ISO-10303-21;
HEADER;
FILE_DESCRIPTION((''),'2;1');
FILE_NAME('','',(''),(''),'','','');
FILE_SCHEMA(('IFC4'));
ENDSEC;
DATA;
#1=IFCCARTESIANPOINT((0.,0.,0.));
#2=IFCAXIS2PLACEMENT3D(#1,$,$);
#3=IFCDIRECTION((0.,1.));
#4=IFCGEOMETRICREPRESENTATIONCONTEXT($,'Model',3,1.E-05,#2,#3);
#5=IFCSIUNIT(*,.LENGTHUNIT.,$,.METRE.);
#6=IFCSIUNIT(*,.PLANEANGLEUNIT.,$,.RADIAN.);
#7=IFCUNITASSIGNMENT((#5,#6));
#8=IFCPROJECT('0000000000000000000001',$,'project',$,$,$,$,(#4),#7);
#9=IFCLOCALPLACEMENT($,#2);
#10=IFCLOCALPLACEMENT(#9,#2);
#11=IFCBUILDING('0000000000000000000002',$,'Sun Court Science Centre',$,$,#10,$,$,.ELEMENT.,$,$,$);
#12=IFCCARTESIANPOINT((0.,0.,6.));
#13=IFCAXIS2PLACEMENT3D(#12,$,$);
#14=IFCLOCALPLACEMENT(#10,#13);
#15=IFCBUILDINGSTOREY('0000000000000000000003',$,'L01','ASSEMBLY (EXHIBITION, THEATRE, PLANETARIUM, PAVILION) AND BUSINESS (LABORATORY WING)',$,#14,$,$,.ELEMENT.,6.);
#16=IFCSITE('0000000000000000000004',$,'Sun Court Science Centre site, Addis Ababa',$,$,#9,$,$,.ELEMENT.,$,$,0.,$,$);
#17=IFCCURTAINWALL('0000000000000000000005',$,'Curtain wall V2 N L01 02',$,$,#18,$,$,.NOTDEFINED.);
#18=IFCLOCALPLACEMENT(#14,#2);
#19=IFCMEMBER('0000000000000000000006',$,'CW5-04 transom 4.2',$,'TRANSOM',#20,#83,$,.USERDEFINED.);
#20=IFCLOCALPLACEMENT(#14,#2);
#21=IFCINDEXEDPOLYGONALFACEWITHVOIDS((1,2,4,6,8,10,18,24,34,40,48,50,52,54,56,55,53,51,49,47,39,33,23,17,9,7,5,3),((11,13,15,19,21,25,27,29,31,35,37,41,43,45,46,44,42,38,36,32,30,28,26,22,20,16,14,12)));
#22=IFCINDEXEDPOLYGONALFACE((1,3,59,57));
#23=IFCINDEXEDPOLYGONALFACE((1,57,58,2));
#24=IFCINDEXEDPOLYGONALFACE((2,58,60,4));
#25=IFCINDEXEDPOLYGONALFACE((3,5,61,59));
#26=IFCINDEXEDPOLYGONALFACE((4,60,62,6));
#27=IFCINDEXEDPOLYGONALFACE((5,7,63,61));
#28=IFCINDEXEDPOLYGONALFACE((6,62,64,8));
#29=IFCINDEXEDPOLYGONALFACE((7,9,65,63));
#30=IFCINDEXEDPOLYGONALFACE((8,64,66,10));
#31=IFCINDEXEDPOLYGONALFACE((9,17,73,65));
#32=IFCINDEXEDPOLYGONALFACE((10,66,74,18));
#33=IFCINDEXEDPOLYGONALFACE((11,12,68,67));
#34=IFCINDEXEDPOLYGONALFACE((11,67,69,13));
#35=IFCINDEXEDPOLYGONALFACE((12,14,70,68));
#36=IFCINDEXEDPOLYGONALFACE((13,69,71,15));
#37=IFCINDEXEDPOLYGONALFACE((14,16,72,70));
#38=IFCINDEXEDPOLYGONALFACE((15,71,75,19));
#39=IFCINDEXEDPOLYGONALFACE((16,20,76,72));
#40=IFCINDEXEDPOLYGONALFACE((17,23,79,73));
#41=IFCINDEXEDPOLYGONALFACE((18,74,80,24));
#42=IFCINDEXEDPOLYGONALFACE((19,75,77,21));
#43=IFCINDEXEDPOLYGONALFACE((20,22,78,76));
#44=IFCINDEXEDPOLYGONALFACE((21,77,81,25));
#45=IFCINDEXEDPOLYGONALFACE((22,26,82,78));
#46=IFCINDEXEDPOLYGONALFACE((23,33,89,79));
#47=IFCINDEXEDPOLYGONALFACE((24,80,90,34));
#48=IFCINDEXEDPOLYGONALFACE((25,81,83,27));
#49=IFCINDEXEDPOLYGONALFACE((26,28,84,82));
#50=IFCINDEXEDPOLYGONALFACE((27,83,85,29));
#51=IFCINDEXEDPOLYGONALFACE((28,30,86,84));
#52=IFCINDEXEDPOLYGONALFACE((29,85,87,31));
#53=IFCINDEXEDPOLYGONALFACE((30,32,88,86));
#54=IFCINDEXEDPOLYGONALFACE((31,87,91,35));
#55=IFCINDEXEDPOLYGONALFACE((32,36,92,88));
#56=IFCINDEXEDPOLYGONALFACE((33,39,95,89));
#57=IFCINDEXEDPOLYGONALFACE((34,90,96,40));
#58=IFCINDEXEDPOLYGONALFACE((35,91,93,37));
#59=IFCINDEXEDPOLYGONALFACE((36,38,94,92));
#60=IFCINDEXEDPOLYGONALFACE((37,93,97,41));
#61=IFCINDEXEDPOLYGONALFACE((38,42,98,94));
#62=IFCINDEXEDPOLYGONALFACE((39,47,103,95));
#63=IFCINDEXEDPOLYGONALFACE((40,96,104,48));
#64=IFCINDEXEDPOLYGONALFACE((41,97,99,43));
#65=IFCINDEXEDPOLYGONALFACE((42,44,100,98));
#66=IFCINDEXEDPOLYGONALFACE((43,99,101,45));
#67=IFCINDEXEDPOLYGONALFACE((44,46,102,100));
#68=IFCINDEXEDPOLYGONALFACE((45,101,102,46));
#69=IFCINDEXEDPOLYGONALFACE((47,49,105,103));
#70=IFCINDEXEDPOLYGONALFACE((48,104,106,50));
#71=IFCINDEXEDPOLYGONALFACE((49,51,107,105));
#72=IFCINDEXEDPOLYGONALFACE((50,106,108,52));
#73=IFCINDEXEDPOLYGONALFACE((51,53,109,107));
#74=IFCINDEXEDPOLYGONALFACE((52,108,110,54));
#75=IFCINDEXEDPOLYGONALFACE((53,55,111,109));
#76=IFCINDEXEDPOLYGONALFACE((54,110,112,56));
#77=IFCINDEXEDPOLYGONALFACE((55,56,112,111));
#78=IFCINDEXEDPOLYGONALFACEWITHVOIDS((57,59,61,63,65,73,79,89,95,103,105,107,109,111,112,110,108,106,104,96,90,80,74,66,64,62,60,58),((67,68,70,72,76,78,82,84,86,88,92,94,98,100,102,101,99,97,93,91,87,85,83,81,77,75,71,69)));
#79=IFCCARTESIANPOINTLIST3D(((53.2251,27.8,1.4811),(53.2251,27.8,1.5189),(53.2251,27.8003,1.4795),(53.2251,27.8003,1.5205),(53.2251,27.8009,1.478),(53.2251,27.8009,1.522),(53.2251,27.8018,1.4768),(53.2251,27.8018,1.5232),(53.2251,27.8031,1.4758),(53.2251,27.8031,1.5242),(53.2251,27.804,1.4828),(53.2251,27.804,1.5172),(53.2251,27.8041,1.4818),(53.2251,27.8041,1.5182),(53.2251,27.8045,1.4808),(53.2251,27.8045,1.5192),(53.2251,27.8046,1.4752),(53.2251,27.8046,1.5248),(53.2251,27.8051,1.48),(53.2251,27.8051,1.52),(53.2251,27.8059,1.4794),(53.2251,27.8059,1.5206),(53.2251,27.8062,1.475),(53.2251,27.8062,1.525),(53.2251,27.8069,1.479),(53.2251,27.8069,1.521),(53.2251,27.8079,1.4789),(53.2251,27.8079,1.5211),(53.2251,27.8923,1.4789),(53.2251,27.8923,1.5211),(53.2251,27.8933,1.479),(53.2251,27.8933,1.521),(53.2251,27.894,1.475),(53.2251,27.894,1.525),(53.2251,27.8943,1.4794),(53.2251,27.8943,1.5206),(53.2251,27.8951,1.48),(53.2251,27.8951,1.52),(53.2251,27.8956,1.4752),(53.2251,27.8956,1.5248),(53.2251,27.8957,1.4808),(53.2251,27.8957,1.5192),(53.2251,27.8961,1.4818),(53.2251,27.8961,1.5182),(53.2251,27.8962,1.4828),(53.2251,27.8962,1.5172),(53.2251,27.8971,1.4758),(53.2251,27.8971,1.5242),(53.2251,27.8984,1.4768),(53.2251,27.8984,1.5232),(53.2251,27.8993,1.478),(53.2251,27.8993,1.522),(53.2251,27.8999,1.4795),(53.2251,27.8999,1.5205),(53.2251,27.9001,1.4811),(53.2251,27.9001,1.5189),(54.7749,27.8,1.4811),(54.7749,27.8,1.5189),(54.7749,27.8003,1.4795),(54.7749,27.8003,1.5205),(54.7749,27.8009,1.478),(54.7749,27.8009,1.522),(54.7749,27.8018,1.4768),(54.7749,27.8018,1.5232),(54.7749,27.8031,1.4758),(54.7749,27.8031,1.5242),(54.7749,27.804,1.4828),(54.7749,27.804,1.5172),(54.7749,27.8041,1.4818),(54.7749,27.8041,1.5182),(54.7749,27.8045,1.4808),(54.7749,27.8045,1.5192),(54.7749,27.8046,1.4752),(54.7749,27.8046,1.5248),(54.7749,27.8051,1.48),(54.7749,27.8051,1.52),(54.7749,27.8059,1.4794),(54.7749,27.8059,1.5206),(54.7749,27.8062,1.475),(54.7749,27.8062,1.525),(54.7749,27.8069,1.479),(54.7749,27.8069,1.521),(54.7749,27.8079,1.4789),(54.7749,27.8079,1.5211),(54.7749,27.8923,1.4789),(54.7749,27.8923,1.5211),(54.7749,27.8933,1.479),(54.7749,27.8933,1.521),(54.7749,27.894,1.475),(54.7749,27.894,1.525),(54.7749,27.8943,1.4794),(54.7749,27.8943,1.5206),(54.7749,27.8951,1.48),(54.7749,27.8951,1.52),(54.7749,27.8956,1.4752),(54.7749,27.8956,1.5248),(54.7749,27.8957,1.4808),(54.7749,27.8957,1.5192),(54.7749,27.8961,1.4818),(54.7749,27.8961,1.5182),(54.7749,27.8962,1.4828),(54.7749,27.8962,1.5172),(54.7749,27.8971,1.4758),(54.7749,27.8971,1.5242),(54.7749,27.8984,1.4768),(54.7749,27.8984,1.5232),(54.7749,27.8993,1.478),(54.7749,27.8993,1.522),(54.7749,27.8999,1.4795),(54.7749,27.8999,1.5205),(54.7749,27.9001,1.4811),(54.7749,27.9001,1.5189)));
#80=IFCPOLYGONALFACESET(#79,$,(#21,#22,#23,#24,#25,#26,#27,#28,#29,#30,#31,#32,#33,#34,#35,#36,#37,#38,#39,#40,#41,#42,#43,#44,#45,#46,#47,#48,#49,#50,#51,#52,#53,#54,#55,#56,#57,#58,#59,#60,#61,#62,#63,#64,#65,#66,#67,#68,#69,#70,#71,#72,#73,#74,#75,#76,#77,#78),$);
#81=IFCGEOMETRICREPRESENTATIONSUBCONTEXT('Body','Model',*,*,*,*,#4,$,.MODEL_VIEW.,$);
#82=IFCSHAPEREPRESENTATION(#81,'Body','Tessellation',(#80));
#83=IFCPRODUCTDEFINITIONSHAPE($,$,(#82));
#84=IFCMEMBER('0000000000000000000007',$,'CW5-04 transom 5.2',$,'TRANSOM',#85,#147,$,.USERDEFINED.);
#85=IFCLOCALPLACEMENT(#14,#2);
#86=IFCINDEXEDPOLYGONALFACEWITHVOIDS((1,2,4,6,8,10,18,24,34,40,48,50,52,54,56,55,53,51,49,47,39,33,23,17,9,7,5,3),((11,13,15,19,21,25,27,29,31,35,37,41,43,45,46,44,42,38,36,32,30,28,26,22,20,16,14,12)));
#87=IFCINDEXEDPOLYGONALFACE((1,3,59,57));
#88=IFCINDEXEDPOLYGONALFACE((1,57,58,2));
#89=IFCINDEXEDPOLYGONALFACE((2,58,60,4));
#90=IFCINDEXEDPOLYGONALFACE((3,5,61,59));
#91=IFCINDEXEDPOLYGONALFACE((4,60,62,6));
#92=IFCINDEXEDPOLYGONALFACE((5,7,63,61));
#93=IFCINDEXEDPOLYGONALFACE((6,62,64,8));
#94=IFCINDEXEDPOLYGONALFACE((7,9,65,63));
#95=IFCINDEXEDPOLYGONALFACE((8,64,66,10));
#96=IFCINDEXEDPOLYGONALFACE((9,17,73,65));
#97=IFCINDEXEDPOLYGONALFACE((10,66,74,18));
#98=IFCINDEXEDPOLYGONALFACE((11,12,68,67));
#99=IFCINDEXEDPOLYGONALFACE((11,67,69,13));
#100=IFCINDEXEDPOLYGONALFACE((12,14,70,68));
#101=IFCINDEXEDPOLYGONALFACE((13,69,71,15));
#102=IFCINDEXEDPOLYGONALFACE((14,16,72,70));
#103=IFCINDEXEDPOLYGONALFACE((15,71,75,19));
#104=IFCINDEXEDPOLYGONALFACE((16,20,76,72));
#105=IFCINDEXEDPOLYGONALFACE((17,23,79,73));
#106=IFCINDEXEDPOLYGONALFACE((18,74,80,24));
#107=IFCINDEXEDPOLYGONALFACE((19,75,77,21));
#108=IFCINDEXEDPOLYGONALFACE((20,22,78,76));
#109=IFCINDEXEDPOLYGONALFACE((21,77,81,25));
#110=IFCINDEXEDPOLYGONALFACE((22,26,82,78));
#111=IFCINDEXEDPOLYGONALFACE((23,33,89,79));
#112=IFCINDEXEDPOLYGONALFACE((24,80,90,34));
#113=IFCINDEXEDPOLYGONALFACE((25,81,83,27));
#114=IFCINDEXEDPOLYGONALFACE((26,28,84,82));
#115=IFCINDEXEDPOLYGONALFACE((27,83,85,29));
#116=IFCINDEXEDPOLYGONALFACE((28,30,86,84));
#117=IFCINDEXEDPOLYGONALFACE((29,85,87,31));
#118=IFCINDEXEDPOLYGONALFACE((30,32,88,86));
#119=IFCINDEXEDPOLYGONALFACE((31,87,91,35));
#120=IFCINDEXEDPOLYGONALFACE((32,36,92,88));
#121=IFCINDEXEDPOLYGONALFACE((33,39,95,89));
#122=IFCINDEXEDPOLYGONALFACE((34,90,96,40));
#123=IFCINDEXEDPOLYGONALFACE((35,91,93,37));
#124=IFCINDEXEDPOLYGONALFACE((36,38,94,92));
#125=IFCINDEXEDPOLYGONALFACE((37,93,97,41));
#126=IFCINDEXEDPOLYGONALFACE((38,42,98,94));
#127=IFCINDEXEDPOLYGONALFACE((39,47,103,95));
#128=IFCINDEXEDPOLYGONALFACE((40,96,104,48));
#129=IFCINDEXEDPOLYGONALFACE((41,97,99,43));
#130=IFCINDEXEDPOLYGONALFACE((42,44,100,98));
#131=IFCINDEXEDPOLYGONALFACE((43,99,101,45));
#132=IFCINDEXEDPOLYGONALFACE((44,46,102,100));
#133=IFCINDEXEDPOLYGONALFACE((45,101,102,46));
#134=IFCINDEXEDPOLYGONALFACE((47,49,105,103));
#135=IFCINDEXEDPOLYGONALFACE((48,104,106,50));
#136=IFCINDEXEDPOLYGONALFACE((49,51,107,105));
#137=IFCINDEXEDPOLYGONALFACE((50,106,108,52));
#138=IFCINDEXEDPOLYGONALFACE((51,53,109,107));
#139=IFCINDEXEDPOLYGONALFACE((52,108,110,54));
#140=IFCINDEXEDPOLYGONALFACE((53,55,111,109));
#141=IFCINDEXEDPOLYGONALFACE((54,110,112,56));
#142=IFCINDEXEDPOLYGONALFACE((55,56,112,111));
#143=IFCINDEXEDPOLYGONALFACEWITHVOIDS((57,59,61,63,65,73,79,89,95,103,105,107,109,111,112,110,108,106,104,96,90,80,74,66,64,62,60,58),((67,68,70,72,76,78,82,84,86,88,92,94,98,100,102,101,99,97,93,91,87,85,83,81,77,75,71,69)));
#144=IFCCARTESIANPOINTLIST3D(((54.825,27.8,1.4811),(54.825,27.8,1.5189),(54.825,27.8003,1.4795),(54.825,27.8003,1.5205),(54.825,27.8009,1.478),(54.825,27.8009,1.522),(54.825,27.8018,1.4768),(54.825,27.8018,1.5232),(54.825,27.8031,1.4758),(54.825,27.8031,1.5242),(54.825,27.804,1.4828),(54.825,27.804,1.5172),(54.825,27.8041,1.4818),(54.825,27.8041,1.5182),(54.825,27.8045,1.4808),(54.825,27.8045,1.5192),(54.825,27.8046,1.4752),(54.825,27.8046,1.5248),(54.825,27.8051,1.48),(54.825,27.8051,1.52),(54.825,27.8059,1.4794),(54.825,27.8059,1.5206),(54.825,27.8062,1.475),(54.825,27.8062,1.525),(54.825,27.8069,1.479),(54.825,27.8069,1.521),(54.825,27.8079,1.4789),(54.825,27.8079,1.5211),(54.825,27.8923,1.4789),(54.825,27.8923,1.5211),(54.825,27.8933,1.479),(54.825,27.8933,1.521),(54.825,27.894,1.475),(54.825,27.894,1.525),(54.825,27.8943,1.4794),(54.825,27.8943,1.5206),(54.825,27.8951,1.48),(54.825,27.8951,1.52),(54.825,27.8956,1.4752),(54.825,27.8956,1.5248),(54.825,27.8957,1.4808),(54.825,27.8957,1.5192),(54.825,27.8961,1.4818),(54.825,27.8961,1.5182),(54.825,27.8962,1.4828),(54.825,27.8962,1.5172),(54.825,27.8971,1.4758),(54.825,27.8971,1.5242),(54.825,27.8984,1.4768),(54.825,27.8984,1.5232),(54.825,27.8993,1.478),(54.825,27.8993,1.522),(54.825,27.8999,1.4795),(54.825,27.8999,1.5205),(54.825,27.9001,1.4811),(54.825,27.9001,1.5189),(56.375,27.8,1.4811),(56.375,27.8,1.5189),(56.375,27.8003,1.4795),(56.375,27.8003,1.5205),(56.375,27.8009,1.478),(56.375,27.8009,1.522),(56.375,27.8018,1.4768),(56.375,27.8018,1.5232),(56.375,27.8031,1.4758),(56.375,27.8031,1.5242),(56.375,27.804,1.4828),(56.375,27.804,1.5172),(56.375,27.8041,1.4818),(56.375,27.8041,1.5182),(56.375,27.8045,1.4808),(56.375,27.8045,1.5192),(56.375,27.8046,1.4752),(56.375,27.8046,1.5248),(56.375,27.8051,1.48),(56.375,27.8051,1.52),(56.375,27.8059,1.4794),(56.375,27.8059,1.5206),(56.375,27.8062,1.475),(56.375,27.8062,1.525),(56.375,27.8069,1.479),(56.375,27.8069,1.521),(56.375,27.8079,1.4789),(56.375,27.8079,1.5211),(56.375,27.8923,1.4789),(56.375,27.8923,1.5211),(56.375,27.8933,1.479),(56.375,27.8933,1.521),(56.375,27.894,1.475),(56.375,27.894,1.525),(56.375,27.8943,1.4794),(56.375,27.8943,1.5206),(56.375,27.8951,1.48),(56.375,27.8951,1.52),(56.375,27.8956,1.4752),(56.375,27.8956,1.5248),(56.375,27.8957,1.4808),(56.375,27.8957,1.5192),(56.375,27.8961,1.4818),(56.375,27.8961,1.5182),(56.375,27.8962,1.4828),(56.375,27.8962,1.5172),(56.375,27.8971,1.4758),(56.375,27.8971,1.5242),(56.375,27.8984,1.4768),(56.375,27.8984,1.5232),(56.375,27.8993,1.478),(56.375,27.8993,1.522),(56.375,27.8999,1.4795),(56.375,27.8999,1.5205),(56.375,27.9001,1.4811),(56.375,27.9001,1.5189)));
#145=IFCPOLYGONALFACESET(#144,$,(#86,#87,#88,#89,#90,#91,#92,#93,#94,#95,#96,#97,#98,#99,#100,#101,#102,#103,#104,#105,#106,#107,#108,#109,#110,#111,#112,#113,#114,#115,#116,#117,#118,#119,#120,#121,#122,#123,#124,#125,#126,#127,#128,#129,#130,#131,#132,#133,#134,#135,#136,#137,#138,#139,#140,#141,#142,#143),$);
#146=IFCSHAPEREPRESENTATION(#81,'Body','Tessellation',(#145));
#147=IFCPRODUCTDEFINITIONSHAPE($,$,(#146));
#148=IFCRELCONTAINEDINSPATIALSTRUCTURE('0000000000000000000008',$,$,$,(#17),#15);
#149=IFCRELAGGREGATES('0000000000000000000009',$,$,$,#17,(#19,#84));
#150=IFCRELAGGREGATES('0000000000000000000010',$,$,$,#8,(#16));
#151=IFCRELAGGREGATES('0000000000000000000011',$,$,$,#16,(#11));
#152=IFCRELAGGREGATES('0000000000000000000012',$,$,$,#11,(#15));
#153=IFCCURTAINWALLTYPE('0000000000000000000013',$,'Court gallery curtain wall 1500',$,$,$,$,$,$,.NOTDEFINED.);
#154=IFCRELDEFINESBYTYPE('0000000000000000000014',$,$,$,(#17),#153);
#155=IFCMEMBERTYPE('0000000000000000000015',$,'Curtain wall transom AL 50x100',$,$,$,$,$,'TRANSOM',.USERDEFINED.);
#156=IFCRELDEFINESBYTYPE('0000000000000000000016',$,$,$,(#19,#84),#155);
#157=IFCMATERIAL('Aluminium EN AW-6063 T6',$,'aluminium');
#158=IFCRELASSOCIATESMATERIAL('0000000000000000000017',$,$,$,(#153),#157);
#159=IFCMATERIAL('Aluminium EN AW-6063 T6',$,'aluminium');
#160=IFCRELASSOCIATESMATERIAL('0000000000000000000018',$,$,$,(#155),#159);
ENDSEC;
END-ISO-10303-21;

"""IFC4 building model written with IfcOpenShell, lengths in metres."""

from ifc_helpers import new_model, si_unit, direction, frame, origin, origin_2d, place, context, subcontext, project, spatial, hollow_rectangle, extrude, material, material_profile, profile_set, type_object, element, aggregate, save


model = new_model("IFC4")

# Units and contexts
model_context = context("Model", 3, precision=1e-05, world=origin(), true_north=direction((0.0, 1.0)))
body_context = subcontext(model_context, "Body", "Model", "MODEL_VIEW")
ifc_project = project(units=[si_unit("LENGTHUNIT", "METRE"), si_unit("PLANEANGLEUNIT", "RADIAN")], contexts=[model_context])

# Site, building, storey
site_placement = place(None, origin())
site = spatial("IfcSite", under=ifc_project, at=site_placement, Name="Sun Court Science Centre site, Addis Ababa", CompositionType="ELEMENT", RefElevation=0.0)
building_placement = place(site_placement, origin())
building = spatial("IfcBuilding", under=site, at=building_placement, Name="Sun Court Science Centre", CompositionType="ELEMENT")
storey_placement = place(building_placement, frame((0.0, 0.0, 6.0)))
storey = spatial("IfcBuildingStorey", under=building, at=storey_placement, Name="L01", Description="ASSEMBLY (EXHIBITION, THEATRE, PLANETARIUM, PAVILION) AND BUSINESS (LABORATORY WING)", CompositionType="ELEMENT", Elevation=6.0)

# Curtain wall, members
ifc_material_1 = material(Name="Aluminium EN AW-6063 T6", Category="aluminium")
curtain_wall_type_1 = type_object("IfcCurtainWallType", Name="Court gallery curtain wall 1500", PredefinedType="NOTDEFINED", material=ifc_material_1)
curtain_wall_1_placement = place(storey_placement, origin())
curtain_wall_1 = element("IfcCurtainWall", 1, at=curtain_wall_1_placement, inside=storey, type_object=curtain_wall_type_1, Name="Curtain wall V2 N L01 02", PredefinedType="NOTDEFINED")
ifc_material_2 = material(Name="Aluminium EN AW-6063 T6", Category="aluminium")
ifc_material_profile_1 = material_profile(ifc_material_2, hollow_rectangle(XDim=0.05, YDim=0.1001, WallThickness=0.0039, InnerFilletRadius=0.0039, OuterFilletRadius=0.0061, at=origin_2d()), Name="AL 50x100x4")
ifc_profile_set_1 = profile_set([ifc_material_profile_1], Name="Aluminium EN AW-6063 T6")
member_type_1 = type_object("IfcMemberType", Name="Curtain wall transom AL 50x100", ElementType="TRANSOM", PredefinedType="USERDEFINED", material=ifc_profile_set_1)
member_1_placement = place(storey_placement, frame((53.2251, 27.8501, 1.5), z_axis=(1.0, 0.0, 0.0), x_axis=(0.0, 0.0, 1.0)))
member_1 = element("IfcMember", 2, at=member_1_placement, type_object=member_type_1, Name="CW5-04 transom 4.2", ObjectType="TRANSOM", PredefinedType="USERDEFINED", context=body_context, shape_type="SweptSolid", body=[
    extrude(hollow_rectangle(XDim=0.05, YDim=0.1001, WallThickness=0.0039, InnerFilletRadius=0.0039, OuterFilletRadius=0.0061, at=origin_2d()), origin(), (0.0, 0.0, 1.0), 1.5498),
])
member_2_placement = place(storey_placement, frame((54.825, 27.8501, 1.5), z_axis=(1.0, 0.0, 0.0), x_axis=(0.0, 0.0, 1.0)))
member_2 = element("IfcMember", 3, at=member_2_placement, type_object=member_type_1, Name="CW5-04 transom 5.2", ObjectType="TRANSOM", PredefinedType="USERDEFINED", context=body_context, shape_type="SweptSolid", body=[
    extrude(hollow_rectangle(XDim=0.05, YDim=0.1001, WallThickness=0.0039, InnerFilletRadius=0.0039, OuterFilletRadius=0.0061, at=origin_2d()), origin(), (0.0, 0.0, 1.0), 1.55),
])

aggregate(curtain_wall_1, [member_1, member_2])

save(model, "model.ifc")
